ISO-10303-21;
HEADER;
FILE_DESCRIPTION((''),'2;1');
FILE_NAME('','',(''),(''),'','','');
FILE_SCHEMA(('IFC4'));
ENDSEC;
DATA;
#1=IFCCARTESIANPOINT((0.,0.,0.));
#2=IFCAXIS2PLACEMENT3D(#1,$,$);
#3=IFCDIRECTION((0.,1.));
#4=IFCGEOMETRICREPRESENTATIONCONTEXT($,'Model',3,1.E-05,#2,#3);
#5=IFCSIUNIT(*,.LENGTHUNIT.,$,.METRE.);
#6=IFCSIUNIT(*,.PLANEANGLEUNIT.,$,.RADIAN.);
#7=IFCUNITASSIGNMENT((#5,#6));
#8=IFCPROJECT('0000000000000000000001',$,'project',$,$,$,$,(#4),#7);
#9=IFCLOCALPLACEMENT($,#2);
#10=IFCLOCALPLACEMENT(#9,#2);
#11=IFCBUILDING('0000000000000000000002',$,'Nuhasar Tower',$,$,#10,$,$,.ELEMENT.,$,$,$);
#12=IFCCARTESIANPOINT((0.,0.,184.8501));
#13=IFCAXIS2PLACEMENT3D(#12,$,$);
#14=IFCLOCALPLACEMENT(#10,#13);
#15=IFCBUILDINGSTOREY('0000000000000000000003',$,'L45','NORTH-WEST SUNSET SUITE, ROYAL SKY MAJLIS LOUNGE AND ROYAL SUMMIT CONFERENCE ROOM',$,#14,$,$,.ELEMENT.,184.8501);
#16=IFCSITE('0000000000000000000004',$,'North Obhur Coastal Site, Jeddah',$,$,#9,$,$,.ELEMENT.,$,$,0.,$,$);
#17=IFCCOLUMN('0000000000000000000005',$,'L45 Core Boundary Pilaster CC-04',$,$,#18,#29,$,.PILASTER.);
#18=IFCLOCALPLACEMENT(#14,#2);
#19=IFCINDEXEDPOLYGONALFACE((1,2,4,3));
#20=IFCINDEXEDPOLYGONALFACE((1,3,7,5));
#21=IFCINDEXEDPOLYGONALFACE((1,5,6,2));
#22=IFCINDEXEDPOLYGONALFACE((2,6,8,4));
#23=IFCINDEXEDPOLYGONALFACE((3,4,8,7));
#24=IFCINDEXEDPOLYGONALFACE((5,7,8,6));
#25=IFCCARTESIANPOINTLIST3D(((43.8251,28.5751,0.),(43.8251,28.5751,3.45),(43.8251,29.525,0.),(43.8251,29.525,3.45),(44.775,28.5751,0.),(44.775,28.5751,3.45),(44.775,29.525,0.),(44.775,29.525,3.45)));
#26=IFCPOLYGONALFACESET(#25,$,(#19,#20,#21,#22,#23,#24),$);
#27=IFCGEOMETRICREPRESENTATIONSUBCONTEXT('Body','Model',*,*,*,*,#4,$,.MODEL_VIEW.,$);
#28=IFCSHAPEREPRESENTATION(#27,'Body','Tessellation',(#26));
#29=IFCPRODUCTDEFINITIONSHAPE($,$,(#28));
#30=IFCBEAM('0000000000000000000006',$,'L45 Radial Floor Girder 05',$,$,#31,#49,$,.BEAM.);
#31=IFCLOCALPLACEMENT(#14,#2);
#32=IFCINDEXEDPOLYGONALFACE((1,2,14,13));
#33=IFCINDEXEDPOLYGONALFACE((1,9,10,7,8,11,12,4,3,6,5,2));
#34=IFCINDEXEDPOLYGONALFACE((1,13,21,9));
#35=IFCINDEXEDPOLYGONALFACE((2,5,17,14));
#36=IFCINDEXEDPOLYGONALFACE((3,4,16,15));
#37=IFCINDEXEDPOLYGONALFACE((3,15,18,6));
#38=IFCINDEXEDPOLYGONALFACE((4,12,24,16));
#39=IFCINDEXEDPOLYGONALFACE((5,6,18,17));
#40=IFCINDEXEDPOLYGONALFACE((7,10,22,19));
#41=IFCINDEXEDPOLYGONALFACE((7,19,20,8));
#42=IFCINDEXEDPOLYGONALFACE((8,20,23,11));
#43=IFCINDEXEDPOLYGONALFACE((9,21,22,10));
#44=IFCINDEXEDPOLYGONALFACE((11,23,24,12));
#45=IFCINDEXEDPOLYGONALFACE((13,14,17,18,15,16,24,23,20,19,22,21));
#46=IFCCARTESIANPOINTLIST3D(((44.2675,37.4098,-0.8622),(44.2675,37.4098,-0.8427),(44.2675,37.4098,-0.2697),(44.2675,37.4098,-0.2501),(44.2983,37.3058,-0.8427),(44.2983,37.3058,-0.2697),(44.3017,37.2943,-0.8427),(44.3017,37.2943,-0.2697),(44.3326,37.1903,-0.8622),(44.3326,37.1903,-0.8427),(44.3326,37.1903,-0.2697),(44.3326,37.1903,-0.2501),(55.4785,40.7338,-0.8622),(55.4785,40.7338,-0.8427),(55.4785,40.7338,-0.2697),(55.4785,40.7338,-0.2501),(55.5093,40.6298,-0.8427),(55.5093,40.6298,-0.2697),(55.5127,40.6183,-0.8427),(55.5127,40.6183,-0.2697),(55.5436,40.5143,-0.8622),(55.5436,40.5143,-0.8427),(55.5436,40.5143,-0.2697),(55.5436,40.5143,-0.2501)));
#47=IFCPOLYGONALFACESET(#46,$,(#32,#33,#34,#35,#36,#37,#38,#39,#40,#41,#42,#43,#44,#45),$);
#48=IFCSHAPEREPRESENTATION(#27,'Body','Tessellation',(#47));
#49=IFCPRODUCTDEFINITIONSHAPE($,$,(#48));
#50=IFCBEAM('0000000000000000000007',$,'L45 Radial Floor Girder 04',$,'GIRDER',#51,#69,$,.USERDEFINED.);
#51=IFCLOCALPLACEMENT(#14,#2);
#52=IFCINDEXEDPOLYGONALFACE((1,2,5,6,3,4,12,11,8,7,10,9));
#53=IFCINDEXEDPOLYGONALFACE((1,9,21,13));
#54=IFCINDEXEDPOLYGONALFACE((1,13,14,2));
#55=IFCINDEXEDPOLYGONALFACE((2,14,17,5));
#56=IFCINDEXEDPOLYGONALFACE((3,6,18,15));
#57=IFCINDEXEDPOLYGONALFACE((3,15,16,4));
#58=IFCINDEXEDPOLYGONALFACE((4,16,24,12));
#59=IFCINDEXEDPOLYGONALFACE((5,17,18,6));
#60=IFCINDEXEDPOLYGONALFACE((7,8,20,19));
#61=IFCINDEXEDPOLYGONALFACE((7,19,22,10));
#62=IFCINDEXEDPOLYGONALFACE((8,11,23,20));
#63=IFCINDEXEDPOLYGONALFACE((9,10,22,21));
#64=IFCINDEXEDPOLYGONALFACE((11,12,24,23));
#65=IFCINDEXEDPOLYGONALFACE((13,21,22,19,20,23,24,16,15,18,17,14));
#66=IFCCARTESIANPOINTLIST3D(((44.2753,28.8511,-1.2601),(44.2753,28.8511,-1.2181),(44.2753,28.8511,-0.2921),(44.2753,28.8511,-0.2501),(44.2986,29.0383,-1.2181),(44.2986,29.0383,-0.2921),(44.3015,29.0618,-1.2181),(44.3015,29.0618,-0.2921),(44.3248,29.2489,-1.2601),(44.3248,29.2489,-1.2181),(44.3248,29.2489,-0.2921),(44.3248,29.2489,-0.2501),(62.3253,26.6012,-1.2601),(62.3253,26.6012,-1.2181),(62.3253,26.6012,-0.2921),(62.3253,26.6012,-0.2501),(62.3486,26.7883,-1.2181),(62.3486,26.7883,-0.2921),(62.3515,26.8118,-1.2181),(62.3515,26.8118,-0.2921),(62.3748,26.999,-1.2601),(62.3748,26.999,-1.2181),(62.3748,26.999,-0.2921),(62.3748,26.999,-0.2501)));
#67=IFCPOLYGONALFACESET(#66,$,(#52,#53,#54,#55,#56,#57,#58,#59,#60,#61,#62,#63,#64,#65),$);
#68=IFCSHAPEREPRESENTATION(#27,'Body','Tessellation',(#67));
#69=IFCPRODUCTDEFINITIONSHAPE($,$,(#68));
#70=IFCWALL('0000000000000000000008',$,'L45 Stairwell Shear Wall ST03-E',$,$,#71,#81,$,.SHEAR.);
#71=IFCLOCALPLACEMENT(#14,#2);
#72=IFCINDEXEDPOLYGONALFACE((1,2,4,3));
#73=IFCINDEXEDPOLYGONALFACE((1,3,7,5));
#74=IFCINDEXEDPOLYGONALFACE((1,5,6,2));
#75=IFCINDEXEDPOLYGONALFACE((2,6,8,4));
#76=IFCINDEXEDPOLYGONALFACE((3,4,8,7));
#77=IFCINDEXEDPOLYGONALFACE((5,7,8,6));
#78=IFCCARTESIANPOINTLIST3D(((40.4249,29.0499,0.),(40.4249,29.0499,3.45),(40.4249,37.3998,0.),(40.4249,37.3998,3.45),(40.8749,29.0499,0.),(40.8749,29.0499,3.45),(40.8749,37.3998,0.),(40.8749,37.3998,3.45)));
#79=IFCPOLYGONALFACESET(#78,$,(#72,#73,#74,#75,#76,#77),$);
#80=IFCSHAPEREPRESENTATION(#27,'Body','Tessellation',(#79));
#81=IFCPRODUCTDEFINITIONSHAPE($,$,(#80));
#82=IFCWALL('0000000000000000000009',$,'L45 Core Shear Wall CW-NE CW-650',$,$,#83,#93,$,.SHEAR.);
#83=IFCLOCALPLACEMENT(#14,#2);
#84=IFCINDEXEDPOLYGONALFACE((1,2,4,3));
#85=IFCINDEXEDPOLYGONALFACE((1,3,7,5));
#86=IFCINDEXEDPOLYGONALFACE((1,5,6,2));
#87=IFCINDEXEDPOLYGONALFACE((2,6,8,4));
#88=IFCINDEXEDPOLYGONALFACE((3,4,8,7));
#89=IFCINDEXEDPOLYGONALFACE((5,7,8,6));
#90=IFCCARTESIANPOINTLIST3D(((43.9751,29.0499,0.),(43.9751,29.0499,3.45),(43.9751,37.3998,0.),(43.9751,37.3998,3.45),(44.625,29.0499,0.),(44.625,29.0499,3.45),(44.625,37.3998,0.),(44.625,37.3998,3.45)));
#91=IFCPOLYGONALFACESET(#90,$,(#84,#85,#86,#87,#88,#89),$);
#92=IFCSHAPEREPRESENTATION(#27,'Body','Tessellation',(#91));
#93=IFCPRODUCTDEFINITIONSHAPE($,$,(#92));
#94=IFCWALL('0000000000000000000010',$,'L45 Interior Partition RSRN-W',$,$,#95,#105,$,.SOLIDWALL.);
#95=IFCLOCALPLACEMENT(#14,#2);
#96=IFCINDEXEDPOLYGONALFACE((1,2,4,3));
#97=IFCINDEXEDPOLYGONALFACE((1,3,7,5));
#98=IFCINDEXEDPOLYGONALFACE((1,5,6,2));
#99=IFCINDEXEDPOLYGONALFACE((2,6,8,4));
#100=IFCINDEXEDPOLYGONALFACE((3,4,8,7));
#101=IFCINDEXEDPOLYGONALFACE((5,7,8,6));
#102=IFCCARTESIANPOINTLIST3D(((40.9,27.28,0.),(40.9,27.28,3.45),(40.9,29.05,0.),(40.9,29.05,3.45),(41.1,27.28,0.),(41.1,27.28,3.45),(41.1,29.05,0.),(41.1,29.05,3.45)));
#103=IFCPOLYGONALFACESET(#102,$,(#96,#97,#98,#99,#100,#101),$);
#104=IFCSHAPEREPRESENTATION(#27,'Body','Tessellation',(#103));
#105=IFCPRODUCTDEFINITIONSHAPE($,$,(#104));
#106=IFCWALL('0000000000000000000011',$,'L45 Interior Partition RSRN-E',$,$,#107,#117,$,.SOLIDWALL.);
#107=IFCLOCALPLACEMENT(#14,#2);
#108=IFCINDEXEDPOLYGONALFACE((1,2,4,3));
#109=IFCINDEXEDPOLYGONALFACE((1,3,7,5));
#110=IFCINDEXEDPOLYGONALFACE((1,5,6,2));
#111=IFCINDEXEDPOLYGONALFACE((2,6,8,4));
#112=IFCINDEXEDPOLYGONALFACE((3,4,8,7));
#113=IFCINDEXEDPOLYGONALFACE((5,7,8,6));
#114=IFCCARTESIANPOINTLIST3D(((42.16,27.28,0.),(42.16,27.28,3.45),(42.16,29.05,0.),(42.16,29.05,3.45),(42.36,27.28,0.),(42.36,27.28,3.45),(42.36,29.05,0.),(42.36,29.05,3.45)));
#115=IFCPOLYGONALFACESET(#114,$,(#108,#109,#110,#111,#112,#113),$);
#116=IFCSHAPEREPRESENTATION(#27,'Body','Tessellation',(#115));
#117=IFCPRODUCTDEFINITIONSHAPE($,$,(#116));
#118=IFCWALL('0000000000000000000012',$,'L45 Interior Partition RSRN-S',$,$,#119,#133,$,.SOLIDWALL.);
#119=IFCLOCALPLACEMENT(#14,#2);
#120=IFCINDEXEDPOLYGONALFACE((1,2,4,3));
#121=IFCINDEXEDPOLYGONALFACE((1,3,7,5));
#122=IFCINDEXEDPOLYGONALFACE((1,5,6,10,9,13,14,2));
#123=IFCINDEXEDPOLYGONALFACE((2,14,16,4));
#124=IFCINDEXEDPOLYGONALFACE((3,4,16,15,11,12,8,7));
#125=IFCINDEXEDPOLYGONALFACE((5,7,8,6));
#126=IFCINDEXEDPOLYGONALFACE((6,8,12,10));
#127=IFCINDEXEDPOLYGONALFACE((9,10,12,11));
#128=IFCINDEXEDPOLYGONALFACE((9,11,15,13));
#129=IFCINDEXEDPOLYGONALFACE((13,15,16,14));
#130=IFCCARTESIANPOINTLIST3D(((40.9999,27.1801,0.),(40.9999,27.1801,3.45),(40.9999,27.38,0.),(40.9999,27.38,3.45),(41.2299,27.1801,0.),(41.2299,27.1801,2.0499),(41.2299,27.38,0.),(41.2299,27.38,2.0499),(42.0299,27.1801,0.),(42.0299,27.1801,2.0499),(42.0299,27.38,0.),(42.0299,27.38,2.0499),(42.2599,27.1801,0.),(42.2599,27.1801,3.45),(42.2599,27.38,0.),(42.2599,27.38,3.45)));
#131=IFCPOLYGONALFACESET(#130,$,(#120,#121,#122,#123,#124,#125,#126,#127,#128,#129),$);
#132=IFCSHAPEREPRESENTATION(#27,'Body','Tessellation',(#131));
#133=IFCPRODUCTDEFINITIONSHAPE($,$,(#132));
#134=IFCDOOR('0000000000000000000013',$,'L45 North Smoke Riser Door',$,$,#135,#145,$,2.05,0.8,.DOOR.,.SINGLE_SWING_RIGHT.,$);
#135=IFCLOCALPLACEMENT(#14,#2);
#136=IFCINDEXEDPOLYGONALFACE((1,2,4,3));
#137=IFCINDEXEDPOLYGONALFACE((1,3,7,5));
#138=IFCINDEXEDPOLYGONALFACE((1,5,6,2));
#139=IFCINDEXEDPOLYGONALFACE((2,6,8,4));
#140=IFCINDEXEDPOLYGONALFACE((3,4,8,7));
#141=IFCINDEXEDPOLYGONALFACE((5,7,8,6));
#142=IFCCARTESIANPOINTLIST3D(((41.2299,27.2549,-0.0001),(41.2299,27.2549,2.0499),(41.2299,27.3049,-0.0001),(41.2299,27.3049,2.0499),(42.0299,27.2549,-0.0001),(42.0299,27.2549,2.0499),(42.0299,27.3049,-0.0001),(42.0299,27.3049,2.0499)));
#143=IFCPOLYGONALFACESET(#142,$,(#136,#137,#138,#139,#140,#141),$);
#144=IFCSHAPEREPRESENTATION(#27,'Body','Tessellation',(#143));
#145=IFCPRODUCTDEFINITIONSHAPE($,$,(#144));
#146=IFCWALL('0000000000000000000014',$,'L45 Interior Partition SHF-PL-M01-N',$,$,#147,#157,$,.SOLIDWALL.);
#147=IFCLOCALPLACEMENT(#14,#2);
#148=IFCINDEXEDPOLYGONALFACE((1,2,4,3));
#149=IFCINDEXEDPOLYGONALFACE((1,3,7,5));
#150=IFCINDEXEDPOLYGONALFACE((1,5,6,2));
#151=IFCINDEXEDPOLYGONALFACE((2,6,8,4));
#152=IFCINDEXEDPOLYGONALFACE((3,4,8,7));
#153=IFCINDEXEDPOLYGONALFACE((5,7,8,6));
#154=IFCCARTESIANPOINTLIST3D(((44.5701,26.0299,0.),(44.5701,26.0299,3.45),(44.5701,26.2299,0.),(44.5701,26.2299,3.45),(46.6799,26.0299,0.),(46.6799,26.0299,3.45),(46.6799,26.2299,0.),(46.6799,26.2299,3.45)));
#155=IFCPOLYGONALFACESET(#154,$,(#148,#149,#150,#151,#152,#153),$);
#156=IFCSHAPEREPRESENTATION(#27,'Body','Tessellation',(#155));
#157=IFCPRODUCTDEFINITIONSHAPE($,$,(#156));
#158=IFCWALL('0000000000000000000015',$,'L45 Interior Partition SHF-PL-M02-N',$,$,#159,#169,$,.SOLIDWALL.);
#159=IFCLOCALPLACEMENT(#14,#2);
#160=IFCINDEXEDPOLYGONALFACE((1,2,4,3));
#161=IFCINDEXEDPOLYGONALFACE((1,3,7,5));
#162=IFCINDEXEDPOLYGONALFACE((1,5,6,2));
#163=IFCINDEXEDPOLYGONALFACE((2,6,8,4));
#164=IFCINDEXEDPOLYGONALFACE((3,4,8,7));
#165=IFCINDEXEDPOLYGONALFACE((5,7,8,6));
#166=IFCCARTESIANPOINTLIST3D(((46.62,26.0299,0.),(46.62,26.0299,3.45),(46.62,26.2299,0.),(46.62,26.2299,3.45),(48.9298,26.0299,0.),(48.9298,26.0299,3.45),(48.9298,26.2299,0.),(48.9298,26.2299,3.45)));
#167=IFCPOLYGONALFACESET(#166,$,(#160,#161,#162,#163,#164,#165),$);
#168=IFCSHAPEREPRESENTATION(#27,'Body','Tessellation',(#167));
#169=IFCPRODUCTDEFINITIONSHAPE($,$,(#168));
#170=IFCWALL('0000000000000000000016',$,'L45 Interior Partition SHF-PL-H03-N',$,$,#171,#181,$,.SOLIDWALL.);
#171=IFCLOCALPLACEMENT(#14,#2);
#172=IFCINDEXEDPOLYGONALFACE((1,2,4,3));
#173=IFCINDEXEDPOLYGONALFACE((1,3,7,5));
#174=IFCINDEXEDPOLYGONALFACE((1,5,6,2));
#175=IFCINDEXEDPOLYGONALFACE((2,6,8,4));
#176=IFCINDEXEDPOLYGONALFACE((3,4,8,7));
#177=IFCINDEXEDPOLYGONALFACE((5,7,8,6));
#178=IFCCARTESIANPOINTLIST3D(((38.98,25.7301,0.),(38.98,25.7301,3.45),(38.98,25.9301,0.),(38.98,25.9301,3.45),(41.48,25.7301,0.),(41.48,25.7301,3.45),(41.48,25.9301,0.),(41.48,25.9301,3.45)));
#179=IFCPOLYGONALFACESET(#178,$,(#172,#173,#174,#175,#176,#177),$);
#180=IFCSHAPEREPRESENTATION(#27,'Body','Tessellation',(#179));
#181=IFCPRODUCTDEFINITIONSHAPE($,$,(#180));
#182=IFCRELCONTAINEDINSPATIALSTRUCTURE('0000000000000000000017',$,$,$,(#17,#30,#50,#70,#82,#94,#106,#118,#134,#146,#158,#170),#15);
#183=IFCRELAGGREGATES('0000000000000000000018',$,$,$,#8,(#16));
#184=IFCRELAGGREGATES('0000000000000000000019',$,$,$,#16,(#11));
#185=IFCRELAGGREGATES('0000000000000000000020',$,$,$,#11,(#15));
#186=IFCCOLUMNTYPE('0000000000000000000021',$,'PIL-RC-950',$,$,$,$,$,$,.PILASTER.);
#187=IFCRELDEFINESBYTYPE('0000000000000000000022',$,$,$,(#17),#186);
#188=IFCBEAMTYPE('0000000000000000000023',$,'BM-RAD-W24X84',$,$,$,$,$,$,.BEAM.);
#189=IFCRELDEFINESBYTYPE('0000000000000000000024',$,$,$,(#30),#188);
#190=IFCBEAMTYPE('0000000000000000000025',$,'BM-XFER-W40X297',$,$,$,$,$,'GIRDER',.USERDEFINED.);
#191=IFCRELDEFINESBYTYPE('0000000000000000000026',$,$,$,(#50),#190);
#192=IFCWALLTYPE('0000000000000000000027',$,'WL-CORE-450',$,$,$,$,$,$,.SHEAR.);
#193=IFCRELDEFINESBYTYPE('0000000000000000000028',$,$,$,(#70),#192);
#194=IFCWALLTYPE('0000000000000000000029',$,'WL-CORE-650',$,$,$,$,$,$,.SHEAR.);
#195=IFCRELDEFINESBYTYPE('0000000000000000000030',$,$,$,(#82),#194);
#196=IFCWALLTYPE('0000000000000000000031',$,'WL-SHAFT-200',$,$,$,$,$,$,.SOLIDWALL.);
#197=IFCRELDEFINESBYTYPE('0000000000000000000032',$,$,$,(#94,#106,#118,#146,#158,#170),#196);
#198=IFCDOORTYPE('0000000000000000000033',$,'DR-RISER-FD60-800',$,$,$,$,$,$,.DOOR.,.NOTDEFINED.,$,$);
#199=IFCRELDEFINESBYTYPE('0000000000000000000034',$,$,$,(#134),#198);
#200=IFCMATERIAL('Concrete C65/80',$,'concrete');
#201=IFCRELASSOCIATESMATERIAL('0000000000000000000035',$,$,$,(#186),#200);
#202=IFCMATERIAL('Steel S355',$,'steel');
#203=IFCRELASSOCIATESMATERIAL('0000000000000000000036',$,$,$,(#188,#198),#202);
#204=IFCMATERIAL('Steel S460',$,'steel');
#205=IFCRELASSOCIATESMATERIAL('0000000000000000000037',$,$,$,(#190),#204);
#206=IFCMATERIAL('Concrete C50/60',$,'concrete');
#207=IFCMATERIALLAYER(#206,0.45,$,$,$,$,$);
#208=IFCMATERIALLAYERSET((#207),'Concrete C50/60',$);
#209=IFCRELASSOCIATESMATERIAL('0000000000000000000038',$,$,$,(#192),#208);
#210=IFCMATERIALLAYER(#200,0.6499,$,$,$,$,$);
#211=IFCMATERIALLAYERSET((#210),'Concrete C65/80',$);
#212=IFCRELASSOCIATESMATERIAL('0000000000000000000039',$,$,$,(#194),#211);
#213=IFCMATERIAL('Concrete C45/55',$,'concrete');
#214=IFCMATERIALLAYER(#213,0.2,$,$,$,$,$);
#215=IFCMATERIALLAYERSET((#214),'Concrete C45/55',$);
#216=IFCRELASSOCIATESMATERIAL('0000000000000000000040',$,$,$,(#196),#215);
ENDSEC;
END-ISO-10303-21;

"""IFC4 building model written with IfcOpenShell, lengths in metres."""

from ifc_helpers import new_model, si_unit, direction, frame, frame_2d, origin, origin_2d, place, context, subcontext, project, spatial, rectangle, i_section, extrude, material, layer, layer_set, material_profile, profile_set, type_object, element, fill, save


model = new_model("IFC4")

# Units and contexts
model_context = context("Model", 3, precision=1e-05, world=origin(), true_north=direction((0.0, 1.0)))
body_context = subcontext(model_context, "Body", "Model", "MODEL_VIEW")
ifc_project = project(units=[si_unit("LENGTHUNIT", "METRE"), si_unit("PLANEANGLEUNIT", "RADIAN")], contexts=[model_context])

# Site, building, storey
site_placement = place(None, origin())
site = spatial("IfcSite", under=ifc_project, at=site_placement, Name="North Obhur Coastal Site, Jeddah", CompositionType="ELEMENT", RefElevation=0.0)
building_placement = place(site_placement, origin())
building = spatial("IfcBuilding", under=site, at=building_placement, Name="Nuhasar Tower", CompositionType="ELEMENT")
storey_placement = place(building_placement, frame((0.0, 0.0, 184.8501)))
storey = spatial("IfcBuildingStorey", under=building, at=storey_placement, Name="L45", Description="NORTH-WEST SUNSET SUITE, ROYAL SKY MAJLIS LOUNGE AND ROYAL SUMMIT CONFERENCE ROOM", CompositionType="ELEMENT", Elevation=184.8501)

# Column
ifc_material_1 = material(Name="Concrete C65/80", Category="concrete")
ifc_material_profile_1 = material_profile(ifc_material_1, rectangle(XDim=0.95, YDim=0.95, at=origin_2d()), Name="RC950X950")
ifc_profile_set_1 = profile_set([ifc_material_profile_1], Name="Concrete C65/80")
column_type = type_object("IfcColumnType", Name="PIL-RC-950", PredefinedType="PILASTER", material=ifc_profile_set_1)
column_placement = place(storey_placement, frame((44.3, 29.05, 0.0), z_axis=(0.0, 0.0, 1.0), x_axis=(1.0, 0.0, 0.0)))
element("IfcColumn", 1, at=column_placement, inside=storey, type_object=column_type, Name="L45 Core Boundary Pilaster CC-04", PredefinedType="PILASTER", context=body_context, shape_type="SweptSolid", body=[
    extrude(rectangle(XDim=0.95, YDim=0.95, at=origin_2d()), origin(), (0.0, 0.0, 1.0), 3.45),
])

# Beams
ifc_material_2 = material(Name="Steel S355", Category="steel")
ifc_material_profile_2 = material_profile(ifc_material_2, i_section(OverallWidth=0.229, OverallDepth=0.6121, WebThickness=0.012, FlangeThickness=0.0195, at=origin_2d()), Name="W24X84")
ifc_profile_set_2 = profile_set([ifc_material_profile_2], Name="Steel S355")
beam_type_1 = type_object("IfcBeamType", Name="BM-RAD-W24X84", PredefinedType="BEAM", material=ifc_profile_set_2)
beam_1_placement = place(storey_placement, frame((44.3, 37.3, -0.5562), z_axis=(0.958746, 0.284262, 0.0), x_axis=(-0.284262, 0.958746, 0.0)))
element("IfcBeam", 2, at=beam_1_placement, inside=storey, type_object=beam_type_1, Name="L45 Radial Floor Girder 05", PredefinedType="BEAM", context=body_context, shape_type="SweptSolid", body=[
    extrude(i_section(OverallWidth=0.229, OverallDepth=0.6121, WebThickness=0.012, FlangeThickness=0.0195, at=origin_2d()), origin(), (0.0, 0.0, 1.0), 11.6934),
])
ifc_material_3 = material(Name="Steel S460", Category="steel")
ifc_material_profile_3 = material_profile(ifc_material_3, i_section(OverallWidth=0.4009, OverallDepth=1.01, WebThickness=0.0237, FlangeThickness=0.042, at=origin_2d()), Name="W40X297")
ifc_profile_set_3 = profile_set([ifc_material_profile_3], Name="Steel S460")
beam_type_2 = type_object("IfcBeamType", Name="BM-XFER-W40X297", ElementType="GIRDER", PredefinedType="USERDEFINED", material=ifc_profile_set_3)
beam_2_placement = place(storey_placement, frame((44.3, 29.05, -0.7551), z_axis=(0.99232, -0.123696, 0.0), x_axis=(0.123696, 0.99232, 0.0)))
element("IfcBeam", 3, at=beam_2_placement, inside=storey, type_object=beam_type_2, Name="L45 Radial Floor Girder 04", ObjectType="GIRDER", PredefinedType="USERDEFINED", context=body_context, shape_type="SweptSolid", body=[
    extrude(i_section(OverallWidth=0.4009, OverallDepth=1.01, WebThickness=0.0237, FlangeThickness=0.042, at=origin_2d()), origin(), (0.0, 0.0, 1.0), 18.1897),
])

# Walls
ifc_material_4 = material(Name="Concrete C50/60", Category="concrete")
ifc_layer_1 = layer(ifc_material_4, 0.45)
ifc_layer_set_1 = layer_set([ifc_layer_1], Name="Concrete C50/60")
wall_type_1 = type_object("IfcWallType", Name="WL-CORE-450", PredefinedType="SHEAR", material=ifc_layer_set_1)
wall_1_placement = place(storey_placement, frame((40.6499, 29.05, 0.0), z_axis=(0.0, 0.0, 1.0), x_axis=(0.0, 1.0, 0.0)))
element("IfcWall", 4, at=wall_1_placement, inside=storey, type_object=wall_type_1, Name="L45 Stairwell Shear Wall ST03-E", PredefinedType="SHEAR", context=body_context, shape_type="SweptSolid", body=[
    extrude(rectangle(XDim=8.3499, YDim=0.45, at=frame_2d((4.1748, 0.0))), origin(), (0.0, 0.0, 1.0), 3.45),
])
ifc_layer_2 = layer(ifc_material_1, 0.6499)
ifc_layer_set_2 = layer_set([ifc_layer_2], Name="Concrete C65/80")
wall_type_2 = type_object("IfcWallType", Name="WL-CORE-650", PredefinedType="SHEAR", material=ifc_layer_set_2)
wall_2_placement = place(storey_placement, frame((44.3, 29.05, 0.0), z_axis=(0.0, 0.0, 1.0), x_axis=(0.0, 1.0, 0.0)))
element("IfcWall", 5, at=wall_2_placement, inside=storey, type_object=wall_type_2, Name="L45 Core Shear Wall CW-NE CW-650", PredefinedType="SHEAR", context=body_context, shape_type="SweptSolid", body=[
    extrude(rectangle(XDim=8.3499, YDim=0.6499, at=frame_2d((4.1748, 0.0))), origin(), (0.0, 0.0, 1.0), 3.45),
])
ifc_material_5 = material(Name="Concrete C45/55", Category="concrete")
ifc_layer_3 = layer(ifc_material_5, 0.2)
ifc_layer_set_3 = layer_set([ifc_layer_3], Name="Concrete C45/55")
wall_type_3 = type_object("IfcWallType", Name="WL-SHAFT-200", PredefinedType="SOLIDWALL", material=ifc_layer_set_3)
for number, where, z_axis, x_axis, name in (
    (6, (41.0, 27.28, 0.0), (0.0, 0.0, 1.0), (0.0, 1.0, 0.0), "L45 Interior Partition RSRN-W"),
    (7, (42.26, 27.28, 0.0), (0.0, 0.0, 1.0), (0.0, 1.0, 0.0), "L45 Interior Partition RSRN-E"),
):
    element("IfcWall", number, at=place(storey_placement, frame(where, z_axis=z_axis, x_axis=x_axis)), inside=storey, type_object=wall_type_3, Name=name, PredefinedType="SOLIDWALL", context=body_context, shape_type="SweptSolid", body=[
        extrude(rectangle(XDim=1.77, YDim=0.2, at=frame_2d((0.885, 0.0))), origin(), (0.0, 0.0, 1.0), 3.45),
    ])

# Wall, opening, door
wall_3_placement = place(storey_placement, frame((41.0, 27.28, 0.0), z_axis=(0.0, 0.0, 1.0), x_axis=(1.0, 0.0, 0.0)))
wall_3 = element("IfcWall", 8, at=wall_3_placement, inside=storey, type_object=wall_type_3, Name="L45 Interior Partition RSRN-S", PredefinedType="SOLIDWALL", context=body_context, shape_type="SweptSolid", body=[
    extrude(rectangle(XDim=1.26, YDim=0.2, at=frame_2d((0.6299, 0.0))), origin(), (0.0, 0.0, 1.0), 3.45),
])
opening_1_placement = place(wall_3_placement, frame((0.23, 0.0, 0.0)))
opening_1 = element("IfcOpeningElement", 9, at=opening_1_placement, cuts=wall_3, PredefinedType="OPENING", context=body_context, shape_type="SweptSolid", body=[
    extrude(rectangle(XDim=0.8, YDim=2.05, at=frame_2d((0.3999, 1.0249))), frame((0.0, 0.1099, 0.0), z_axis=(0.0, -1.0, 0.0), x_axis=(1.0, 0.0, 0.0)), (0.0, 0.0, 1.0), 0.22),
])
door_type = type_object("IfcDoorType", Name="DR-RISER-FD60-800", OperationType="NOTDEFINED", PredefinedType="DOOR", material=ifc_material_2)
door_1_placement = place(opening_1_placement, origin())
door_1 = element("IfcDoor", 10, at=door_1_placement, inside=storey, type_object=door_type, Name="L45 North Smoke Riser Door", OperationType="SINGLE_SWING_RIGHT", OverallHeight=2.05, OverallWidth=0.8, PredefinedType="DOOR", context=body_context, shape_type="SweptSolid", body=[
    extrude(rectangle(XDim=0.8, YDim=2.05, at=frame_2d((0.3999, 1.0249))), frame((0.0, 0.0249, 0.0), z_axis=(0.0, -1.0, 0.0), x_axis=(1.0, 0.0, 0.0)), (0.0, 0.0, 1.0), 0.05),
])
fill(opening_1, door_1)

# Walls
wall_4_placement = place(storey_placement, frame((44.5701, 26.1299, 0.0), z_axis=(0.0, 0.0, 1.0), x_axis=(1.0, 0.0, 0.0)))
element("IfcWall", 11, at=wall_4_placement, inside=storey, type_object=wall_type_3, Name="L45 Interior Partition SHF-PL-M01-N", PredefinedType="SOLIDWALL", context=body_context, shape_type="SweptSolid", body=[
    extrude(rectangle(XDim=2.1099, YDim=0.2, at=frame_2d((1.0549, 0.0))), origin(), (0.0, 0.0, 1.0), 3.45),
])
wall_5_placement = place(storey_placement, frame((46.6201, 26.1299, 0.0), z_axis=(0.0, 0.0, 1.0), x_axis=(1.0, 0.0, 0.0)))
element("IfcWall", 12, at=wall_5_placement, inside=storey, type_object=wall_type_3, Name="L45 Interior Partition SHF-PL-M02-N", PredefinedType="SOLIDWALL", context=body_context, shape_type="SweptSolid", body=[
    extrude(rectangle(XDim=2.3098, YDim=0.2, at=frame_2d((1.1548, 0.0))), origin(), (0.0, 0.0, 1.0), 3.45),
])
for number, where, z_axis, x_axis, name in (
    (13, (38.98, 25.8301, 0.0), (0.0, 0.0, 1.0), (1.0, 0.0, 0.0), "L45 Interior Partition SHF-PL-H03-N"),
):
    element("IfcWall", number, at=place(storey_placement, frame(where, z_axis=z_axis, x_axis=x_axis)), inside=storey, type_object=wall_type_3, Name=name, PredefinedType="SOLIDWALL", context=body_context, shape_type="SweptSolid", body=[
        extrude(rectangle(XDim=2.5, YDim=0.2, at=frame_2d((1.25, 0.0))), origin(), (0.0, 0.0, 1.0), 3.45),
    ])

save(model, "model.ifc")
